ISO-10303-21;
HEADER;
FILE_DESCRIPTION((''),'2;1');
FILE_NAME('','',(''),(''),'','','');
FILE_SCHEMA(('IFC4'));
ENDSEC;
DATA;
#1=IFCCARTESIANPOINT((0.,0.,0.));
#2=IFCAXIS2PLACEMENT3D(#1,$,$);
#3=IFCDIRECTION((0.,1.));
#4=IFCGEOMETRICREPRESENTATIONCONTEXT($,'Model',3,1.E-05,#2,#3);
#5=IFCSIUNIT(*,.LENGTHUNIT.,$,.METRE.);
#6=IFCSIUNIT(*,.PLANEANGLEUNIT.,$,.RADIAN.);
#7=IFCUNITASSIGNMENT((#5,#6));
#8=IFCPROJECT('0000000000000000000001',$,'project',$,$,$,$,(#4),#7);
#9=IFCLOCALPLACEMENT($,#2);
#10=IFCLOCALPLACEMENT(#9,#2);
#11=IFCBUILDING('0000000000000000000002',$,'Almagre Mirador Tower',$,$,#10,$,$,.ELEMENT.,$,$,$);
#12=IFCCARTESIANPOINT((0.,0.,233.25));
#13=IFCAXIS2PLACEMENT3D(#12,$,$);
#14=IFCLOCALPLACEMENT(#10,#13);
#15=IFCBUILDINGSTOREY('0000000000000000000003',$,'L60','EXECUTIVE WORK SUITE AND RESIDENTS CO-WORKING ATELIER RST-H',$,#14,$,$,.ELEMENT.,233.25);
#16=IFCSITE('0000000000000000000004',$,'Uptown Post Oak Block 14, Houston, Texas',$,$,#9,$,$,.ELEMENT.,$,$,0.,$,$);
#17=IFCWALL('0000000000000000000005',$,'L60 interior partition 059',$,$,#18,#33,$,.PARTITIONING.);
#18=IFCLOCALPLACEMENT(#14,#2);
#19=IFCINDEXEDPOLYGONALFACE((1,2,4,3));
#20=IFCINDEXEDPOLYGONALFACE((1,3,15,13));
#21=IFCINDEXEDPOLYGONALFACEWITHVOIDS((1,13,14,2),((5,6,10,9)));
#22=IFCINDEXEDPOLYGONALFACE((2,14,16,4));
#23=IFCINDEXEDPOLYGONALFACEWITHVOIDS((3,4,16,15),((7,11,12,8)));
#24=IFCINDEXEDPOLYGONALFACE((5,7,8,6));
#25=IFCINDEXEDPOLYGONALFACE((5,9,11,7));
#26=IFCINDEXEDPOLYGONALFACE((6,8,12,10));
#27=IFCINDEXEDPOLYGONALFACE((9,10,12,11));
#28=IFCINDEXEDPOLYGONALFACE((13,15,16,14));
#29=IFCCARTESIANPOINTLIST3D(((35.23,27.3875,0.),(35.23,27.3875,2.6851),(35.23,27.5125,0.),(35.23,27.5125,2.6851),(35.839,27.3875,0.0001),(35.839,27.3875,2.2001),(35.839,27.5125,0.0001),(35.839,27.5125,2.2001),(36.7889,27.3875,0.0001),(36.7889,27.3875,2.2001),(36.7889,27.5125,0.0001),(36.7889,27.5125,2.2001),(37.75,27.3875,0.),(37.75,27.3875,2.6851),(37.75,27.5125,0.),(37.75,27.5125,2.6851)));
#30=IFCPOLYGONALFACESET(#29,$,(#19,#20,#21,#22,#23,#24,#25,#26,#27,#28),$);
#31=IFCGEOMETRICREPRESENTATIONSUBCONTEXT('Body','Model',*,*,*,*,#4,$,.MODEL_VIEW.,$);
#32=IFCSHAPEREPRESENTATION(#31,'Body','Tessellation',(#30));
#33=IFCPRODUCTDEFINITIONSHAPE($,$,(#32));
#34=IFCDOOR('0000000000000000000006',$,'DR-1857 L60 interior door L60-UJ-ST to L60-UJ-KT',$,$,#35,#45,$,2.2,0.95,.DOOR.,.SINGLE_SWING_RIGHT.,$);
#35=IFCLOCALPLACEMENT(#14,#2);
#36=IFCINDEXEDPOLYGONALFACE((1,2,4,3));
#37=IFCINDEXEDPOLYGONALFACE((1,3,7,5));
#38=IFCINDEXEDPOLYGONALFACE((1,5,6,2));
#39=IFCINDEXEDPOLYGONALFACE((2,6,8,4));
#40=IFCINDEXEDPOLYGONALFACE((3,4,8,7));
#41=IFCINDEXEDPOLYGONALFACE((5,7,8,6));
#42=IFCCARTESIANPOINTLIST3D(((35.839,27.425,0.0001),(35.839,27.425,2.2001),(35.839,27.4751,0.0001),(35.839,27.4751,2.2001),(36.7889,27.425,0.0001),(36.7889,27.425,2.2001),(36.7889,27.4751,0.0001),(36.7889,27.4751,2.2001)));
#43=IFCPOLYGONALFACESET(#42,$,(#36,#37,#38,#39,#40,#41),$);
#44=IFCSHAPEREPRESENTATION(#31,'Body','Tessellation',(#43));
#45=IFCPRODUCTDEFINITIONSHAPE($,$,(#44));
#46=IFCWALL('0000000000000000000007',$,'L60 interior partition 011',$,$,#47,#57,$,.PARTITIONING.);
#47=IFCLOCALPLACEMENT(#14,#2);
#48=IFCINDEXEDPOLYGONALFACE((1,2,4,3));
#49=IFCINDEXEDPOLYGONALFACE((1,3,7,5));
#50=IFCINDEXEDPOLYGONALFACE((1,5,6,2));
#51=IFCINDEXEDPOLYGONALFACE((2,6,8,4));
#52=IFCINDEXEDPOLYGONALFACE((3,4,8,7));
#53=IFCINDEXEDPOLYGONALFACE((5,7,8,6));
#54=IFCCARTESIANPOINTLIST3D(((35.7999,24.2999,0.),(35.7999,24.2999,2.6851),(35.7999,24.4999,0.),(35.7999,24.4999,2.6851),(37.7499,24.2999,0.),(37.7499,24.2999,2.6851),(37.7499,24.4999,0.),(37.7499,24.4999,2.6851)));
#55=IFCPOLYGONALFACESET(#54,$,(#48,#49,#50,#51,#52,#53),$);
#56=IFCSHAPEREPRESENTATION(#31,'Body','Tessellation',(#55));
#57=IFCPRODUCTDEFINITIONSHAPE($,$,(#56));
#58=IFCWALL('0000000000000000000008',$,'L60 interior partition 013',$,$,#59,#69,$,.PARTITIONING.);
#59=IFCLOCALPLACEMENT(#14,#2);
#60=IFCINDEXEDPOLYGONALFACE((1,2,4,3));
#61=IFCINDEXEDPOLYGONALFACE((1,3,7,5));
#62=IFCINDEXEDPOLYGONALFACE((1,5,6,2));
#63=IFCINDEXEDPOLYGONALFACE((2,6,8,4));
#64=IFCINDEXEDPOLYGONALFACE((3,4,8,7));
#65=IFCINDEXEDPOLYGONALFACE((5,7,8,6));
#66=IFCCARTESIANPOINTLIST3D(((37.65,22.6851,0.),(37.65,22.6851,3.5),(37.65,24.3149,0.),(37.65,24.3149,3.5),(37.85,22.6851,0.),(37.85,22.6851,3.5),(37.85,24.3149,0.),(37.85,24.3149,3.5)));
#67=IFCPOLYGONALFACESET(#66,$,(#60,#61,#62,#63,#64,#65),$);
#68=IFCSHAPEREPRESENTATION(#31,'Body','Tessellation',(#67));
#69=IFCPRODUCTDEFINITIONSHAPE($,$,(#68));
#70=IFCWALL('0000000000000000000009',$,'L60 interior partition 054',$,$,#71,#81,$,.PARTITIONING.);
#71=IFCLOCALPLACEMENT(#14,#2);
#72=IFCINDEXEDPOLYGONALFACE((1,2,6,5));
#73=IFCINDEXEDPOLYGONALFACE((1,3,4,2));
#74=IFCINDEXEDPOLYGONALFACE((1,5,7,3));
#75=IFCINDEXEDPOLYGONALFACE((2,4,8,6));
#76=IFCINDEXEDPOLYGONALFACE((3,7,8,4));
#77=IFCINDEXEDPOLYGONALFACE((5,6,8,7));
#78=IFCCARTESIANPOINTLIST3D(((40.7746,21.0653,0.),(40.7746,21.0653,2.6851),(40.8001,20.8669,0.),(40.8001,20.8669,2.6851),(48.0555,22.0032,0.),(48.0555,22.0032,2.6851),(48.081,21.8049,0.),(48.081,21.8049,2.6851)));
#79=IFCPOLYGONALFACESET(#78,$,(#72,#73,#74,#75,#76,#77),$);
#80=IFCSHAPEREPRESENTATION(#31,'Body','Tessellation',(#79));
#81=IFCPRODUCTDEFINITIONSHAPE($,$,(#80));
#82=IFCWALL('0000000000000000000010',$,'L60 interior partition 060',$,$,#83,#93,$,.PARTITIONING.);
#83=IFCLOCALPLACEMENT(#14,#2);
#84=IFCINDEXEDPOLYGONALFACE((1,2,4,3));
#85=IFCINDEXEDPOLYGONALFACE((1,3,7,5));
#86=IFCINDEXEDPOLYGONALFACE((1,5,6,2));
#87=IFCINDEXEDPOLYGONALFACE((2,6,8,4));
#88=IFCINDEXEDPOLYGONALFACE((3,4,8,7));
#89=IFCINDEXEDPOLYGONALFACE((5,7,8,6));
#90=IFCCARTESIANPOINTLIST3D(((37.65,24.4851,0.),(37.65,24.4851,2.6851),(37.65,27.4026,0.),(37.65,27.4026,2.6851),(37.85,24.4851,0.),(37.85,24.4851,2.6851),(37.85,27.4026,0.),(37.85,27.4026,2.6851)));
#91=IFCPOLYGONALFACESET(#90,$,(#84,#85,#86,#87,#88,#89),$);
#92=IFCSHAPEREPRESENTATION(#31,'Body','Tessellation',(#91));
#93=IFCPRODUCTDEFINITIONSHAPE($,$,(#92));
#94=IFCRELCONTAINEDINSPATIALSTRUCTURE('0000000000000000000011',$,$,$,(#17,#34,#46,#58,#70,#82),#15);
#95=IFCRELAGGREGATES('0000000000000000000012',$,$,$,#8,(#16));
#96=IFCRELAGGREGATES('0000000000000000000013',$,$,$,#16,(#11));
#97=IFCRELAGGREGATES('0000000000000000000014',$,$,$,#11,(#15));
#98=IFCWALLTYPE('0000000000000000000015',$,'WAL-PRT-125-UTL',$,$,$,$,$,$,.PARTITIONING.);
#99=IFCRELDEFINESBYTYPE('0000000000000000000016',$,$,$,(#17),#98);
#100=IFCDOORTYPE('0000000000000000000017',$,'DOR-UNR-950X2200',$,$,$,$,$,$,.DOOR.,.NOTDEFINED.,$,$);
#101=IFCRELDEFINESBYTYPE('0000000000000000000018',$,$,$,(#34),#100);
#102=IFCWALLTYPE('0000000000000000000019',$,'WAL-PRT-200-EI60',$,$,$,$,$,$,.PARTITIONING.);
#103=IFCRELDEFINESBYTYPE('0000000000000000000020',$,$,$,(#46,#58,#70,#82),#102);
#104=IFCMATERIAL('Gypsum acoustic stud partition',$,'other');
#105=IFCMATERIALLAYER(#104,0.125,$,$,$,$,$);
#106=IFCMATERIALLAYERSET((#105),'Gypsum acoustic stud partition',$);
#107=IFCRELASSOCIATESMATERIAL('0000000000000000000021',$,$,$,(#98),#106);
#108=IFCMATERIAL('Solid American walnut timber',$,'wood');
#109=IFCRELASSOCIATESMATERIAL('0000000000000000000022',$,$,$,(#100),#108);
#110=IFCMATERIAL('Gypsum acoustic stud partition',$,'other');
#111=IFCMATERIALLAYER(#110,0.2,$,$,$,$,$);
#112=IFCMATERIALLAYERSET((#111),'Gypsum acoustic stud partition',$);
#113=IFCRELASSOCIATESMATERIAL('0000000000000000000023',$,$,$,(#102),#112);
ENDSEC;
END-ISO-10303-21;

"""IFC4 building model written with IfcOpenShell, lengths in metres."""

from ifc_helpers import new_model, si_unit, direction, frame, frame_2d, origin, place, context, subcontext, project, spatial, rectangle, extrude, material, layer, layer_set, type_object, element, fill, save


model = new_model("IFC4")

# Units and contexts
model_context = context("Model", 3, precision=1e-05, world=origin(), true_north=direction((0.0, 1.0)))
body_context = subcontext(model_context, "Body", "Model", "MODEL_VIEW")
ifc_project = project(units=[si_unit("LENGTHUNIT", "METRE"), si_unit("PLANEANGLEUNIT", "RADIAN")], contexts=[model_context])

# Site, building, storey
site_placement = place(None, origin())
site = spatial("IfcSite", under=ifc_project, at=site_placement, Name="Uptown Post Oak Block 14, Houston, Texas", CompositionType="ELEMENT", RefElevation=0.0)
building_placement = place(site_placement, origin())
building = spatial("IfcBuilding", under=site, at=building_placement, Name="Almagre Mirador Tower", CompositionType="ELEMENT")
storey_placement = place(building_placement, frame((0.0, 0.0, 233.25)))
storey = spatial("IfcBuildingStorey", under=building, at=storey_placement, Name="L60", Description="EXECUTIVE WORK SUITE AND RESIDENTS CO-WORKING ATELIER RST-H", CompositionType="ELEMENT", Elevation=233.25)

# Wall, opening, door
ifc_material_1 = material(Name="Gypsum acoustic stud partition", Category="other")
ifc_layer_1 = layer(ifc_material_1, 0.125)
ifc_layer_set_1 = layer_set([ifc_layer_1], Name="Gypsum acoustic stud partition")
wall_type_1 = type_object("IfcWallType", Name="WAL-PRT-125-UTL", PredefinedType="PARTITIONING", material=ifc_layer_set_1)
wall_1_placement = place(storey_placement, frame((37.75, 27.45, 0.0), z_axis=(0.0, 0.0, 1.0), x_axis=(-1.0, 0.0, 0.0)))
wall_1 = element("IfcWall", 1, at=wall_1_placement, inside=storey, type_object=wall_type_1, Name="L60 interior partition 059", PredefinedType="PARTITIONING", context=body_context, shape_type="SweptSolid", body=[
    extrude(rectangle(XDim=2.52, YDim=0.125, at=frame_2d((1.26, 0.0))), origin(), (0.0, 0.0, 1.0), 2.6851),
])
opening_1_placement = place(wall_1_placement, frame((0.9609, 0.0, 0.0)))
opening_1 = element("IfcOpeningElement", 2, at=opening_1_placement, cuts=wall_1, PredefinedType="OPENING", context=body_context, shape_type="SweptSolid", body=[
    extrude(rectangle(XDim=0.95, YDim=2.2, at=frame_2d((0.4751, 1.1001))), frame((0.0, 0.0725, 0.0), z_axis=(0.0, -1.0, 0.0), x_axis=(1.0, 0.0, 0.0)), (0.0, 0.0, 1.0), 0.145),
])
ifc_material_2 = material(Name="Solid American walnut timber", Category="wood")
door_type = type_object("IfcDoorType", Name="DOR-UNR-950X2200", OperationType="NOTDEFINED", PredefinedType="DOOR", material=ifc_material_2)
door_placement = place(opening_1_placement, origin())
door = element("IfcDoor", 3, at=door_placement, inside=storey, type_object=door_type, Name="DR-1857 L60 interior door L60-UJ-ST to L60-UJ-KT", OperationType="SINGLE_SWING_RIGHT", OverallHeight=2.2, OverallWidth=0.95, PredefinedType="DOOR", context=body_context, shape_type="SweptSolid", body=[
    extrude(rectangle(XDim=0.95, YDim=2.2, at=frame_2d((0.4751, 1.1001))), frame((0.0, 0.0249, 0.0), z_axis=(0.0, -1.0, 0.0), x_axis=(1.0, 0.0, 0.0)), (0.0, 0.0, 1.0), 0.05),
])
fill(opening_1, door)

# Walls
ifc_material_3 = material(Name="Gypsum acoustic stud partition", Category="other")
ifc_layer_2 = layer(ifc_material_3, 0.2)
ifc_layer_set_2 = layer_set([ifc_layer_2], Name="Gypsum acoustic stud partition")
wall_type_2 = type_object("IfcWallType", Name="WAL-PRT-200-EI60", PredefinedType="PARTITIONING", material=ifc_layer_set_2)
wall_2_placement = place(storey_placement, frame((37.75, 24.3999, 0.0), z_axis=(0.0, 0.0, 1.0), x_axis=(-1.0, 0.0, 0.0)))
element("IfcWall", 4, at=wall_2_placement, inside=storey, type_object=wall_type_2, Name="L60 interior partition 011", PredefinedType="PARTITIONING", context=body_context, shape_type="SweptSolid", body=[
    extrude(rectangle(XDim=1.95, YDim=0.2, at=frame_2d((0.9751, 0.0))), origin(), (0.0, 0.0, 1.0), 2.6851),
])
wall_3_placement = place(storey_placement, frame((37.75, 22.6851, 0.0), z_axis=(0.0, 0.0, 1.0), x_axis=(0.0, 1.0, 0.0)))
element("IfcWall", 5, at=wall_3_placement, inside=storey, type_object=wall_type_2, Name="L60 interior partition 013", PredefinedType="PARTITIONING", context=body_context, shape_type="SweptSolid", body=[
    extrude(rectangle(XDim=1.6299, YDim=0.2, at=frame_2d((0.8149, 0.0))), origin(), (0.0, 0.0, 1.0), 3.5),
])
wall_4_placement = place(storey_placement, frame((48.0681, 21.9041, 0.0), z_axis=(0.0, 0.0, 1.0), x_axis=(-0.991804, -0.127771, 0.0)))
element("IfcWall", 6, at=wall_4_placement, inside=storey, type_object=wall_type_2, Name="L60 interior partition 054", PredefinedType="PARTITIONING", context=body_context, shape_type="SweptSolid", body=[
    extrude(rectangle(XDim=7.3411, YDim=0.2, at=frame_2d((3.6704, 0.0))), origin(), (0.0, 0.0, 1.0), 2.6851),
])
wall_5_placement = place(storey_placement, frame((37.75, 24.4851, 0.0), z_axis=(0.0, 0.0, 1.0), x_axis=(0.0, 1.0, 0.0)))
element("IfcWall", 7, at=wall_5_placement, inside=storey, type_object=wall_type_2, Name="L60 interior partition 060", PredefinedType="PARTITIONING", context=body_context, shape_type="SweptSolid", body=[
    extrude(rectangle(XDim=2.9175, YDim=0.2, at=frame_2d((1.4587, 0.0))), origin(), (0.0, 0.0, 1.0), 2.6851),
])

save(model, "model.ifc")
